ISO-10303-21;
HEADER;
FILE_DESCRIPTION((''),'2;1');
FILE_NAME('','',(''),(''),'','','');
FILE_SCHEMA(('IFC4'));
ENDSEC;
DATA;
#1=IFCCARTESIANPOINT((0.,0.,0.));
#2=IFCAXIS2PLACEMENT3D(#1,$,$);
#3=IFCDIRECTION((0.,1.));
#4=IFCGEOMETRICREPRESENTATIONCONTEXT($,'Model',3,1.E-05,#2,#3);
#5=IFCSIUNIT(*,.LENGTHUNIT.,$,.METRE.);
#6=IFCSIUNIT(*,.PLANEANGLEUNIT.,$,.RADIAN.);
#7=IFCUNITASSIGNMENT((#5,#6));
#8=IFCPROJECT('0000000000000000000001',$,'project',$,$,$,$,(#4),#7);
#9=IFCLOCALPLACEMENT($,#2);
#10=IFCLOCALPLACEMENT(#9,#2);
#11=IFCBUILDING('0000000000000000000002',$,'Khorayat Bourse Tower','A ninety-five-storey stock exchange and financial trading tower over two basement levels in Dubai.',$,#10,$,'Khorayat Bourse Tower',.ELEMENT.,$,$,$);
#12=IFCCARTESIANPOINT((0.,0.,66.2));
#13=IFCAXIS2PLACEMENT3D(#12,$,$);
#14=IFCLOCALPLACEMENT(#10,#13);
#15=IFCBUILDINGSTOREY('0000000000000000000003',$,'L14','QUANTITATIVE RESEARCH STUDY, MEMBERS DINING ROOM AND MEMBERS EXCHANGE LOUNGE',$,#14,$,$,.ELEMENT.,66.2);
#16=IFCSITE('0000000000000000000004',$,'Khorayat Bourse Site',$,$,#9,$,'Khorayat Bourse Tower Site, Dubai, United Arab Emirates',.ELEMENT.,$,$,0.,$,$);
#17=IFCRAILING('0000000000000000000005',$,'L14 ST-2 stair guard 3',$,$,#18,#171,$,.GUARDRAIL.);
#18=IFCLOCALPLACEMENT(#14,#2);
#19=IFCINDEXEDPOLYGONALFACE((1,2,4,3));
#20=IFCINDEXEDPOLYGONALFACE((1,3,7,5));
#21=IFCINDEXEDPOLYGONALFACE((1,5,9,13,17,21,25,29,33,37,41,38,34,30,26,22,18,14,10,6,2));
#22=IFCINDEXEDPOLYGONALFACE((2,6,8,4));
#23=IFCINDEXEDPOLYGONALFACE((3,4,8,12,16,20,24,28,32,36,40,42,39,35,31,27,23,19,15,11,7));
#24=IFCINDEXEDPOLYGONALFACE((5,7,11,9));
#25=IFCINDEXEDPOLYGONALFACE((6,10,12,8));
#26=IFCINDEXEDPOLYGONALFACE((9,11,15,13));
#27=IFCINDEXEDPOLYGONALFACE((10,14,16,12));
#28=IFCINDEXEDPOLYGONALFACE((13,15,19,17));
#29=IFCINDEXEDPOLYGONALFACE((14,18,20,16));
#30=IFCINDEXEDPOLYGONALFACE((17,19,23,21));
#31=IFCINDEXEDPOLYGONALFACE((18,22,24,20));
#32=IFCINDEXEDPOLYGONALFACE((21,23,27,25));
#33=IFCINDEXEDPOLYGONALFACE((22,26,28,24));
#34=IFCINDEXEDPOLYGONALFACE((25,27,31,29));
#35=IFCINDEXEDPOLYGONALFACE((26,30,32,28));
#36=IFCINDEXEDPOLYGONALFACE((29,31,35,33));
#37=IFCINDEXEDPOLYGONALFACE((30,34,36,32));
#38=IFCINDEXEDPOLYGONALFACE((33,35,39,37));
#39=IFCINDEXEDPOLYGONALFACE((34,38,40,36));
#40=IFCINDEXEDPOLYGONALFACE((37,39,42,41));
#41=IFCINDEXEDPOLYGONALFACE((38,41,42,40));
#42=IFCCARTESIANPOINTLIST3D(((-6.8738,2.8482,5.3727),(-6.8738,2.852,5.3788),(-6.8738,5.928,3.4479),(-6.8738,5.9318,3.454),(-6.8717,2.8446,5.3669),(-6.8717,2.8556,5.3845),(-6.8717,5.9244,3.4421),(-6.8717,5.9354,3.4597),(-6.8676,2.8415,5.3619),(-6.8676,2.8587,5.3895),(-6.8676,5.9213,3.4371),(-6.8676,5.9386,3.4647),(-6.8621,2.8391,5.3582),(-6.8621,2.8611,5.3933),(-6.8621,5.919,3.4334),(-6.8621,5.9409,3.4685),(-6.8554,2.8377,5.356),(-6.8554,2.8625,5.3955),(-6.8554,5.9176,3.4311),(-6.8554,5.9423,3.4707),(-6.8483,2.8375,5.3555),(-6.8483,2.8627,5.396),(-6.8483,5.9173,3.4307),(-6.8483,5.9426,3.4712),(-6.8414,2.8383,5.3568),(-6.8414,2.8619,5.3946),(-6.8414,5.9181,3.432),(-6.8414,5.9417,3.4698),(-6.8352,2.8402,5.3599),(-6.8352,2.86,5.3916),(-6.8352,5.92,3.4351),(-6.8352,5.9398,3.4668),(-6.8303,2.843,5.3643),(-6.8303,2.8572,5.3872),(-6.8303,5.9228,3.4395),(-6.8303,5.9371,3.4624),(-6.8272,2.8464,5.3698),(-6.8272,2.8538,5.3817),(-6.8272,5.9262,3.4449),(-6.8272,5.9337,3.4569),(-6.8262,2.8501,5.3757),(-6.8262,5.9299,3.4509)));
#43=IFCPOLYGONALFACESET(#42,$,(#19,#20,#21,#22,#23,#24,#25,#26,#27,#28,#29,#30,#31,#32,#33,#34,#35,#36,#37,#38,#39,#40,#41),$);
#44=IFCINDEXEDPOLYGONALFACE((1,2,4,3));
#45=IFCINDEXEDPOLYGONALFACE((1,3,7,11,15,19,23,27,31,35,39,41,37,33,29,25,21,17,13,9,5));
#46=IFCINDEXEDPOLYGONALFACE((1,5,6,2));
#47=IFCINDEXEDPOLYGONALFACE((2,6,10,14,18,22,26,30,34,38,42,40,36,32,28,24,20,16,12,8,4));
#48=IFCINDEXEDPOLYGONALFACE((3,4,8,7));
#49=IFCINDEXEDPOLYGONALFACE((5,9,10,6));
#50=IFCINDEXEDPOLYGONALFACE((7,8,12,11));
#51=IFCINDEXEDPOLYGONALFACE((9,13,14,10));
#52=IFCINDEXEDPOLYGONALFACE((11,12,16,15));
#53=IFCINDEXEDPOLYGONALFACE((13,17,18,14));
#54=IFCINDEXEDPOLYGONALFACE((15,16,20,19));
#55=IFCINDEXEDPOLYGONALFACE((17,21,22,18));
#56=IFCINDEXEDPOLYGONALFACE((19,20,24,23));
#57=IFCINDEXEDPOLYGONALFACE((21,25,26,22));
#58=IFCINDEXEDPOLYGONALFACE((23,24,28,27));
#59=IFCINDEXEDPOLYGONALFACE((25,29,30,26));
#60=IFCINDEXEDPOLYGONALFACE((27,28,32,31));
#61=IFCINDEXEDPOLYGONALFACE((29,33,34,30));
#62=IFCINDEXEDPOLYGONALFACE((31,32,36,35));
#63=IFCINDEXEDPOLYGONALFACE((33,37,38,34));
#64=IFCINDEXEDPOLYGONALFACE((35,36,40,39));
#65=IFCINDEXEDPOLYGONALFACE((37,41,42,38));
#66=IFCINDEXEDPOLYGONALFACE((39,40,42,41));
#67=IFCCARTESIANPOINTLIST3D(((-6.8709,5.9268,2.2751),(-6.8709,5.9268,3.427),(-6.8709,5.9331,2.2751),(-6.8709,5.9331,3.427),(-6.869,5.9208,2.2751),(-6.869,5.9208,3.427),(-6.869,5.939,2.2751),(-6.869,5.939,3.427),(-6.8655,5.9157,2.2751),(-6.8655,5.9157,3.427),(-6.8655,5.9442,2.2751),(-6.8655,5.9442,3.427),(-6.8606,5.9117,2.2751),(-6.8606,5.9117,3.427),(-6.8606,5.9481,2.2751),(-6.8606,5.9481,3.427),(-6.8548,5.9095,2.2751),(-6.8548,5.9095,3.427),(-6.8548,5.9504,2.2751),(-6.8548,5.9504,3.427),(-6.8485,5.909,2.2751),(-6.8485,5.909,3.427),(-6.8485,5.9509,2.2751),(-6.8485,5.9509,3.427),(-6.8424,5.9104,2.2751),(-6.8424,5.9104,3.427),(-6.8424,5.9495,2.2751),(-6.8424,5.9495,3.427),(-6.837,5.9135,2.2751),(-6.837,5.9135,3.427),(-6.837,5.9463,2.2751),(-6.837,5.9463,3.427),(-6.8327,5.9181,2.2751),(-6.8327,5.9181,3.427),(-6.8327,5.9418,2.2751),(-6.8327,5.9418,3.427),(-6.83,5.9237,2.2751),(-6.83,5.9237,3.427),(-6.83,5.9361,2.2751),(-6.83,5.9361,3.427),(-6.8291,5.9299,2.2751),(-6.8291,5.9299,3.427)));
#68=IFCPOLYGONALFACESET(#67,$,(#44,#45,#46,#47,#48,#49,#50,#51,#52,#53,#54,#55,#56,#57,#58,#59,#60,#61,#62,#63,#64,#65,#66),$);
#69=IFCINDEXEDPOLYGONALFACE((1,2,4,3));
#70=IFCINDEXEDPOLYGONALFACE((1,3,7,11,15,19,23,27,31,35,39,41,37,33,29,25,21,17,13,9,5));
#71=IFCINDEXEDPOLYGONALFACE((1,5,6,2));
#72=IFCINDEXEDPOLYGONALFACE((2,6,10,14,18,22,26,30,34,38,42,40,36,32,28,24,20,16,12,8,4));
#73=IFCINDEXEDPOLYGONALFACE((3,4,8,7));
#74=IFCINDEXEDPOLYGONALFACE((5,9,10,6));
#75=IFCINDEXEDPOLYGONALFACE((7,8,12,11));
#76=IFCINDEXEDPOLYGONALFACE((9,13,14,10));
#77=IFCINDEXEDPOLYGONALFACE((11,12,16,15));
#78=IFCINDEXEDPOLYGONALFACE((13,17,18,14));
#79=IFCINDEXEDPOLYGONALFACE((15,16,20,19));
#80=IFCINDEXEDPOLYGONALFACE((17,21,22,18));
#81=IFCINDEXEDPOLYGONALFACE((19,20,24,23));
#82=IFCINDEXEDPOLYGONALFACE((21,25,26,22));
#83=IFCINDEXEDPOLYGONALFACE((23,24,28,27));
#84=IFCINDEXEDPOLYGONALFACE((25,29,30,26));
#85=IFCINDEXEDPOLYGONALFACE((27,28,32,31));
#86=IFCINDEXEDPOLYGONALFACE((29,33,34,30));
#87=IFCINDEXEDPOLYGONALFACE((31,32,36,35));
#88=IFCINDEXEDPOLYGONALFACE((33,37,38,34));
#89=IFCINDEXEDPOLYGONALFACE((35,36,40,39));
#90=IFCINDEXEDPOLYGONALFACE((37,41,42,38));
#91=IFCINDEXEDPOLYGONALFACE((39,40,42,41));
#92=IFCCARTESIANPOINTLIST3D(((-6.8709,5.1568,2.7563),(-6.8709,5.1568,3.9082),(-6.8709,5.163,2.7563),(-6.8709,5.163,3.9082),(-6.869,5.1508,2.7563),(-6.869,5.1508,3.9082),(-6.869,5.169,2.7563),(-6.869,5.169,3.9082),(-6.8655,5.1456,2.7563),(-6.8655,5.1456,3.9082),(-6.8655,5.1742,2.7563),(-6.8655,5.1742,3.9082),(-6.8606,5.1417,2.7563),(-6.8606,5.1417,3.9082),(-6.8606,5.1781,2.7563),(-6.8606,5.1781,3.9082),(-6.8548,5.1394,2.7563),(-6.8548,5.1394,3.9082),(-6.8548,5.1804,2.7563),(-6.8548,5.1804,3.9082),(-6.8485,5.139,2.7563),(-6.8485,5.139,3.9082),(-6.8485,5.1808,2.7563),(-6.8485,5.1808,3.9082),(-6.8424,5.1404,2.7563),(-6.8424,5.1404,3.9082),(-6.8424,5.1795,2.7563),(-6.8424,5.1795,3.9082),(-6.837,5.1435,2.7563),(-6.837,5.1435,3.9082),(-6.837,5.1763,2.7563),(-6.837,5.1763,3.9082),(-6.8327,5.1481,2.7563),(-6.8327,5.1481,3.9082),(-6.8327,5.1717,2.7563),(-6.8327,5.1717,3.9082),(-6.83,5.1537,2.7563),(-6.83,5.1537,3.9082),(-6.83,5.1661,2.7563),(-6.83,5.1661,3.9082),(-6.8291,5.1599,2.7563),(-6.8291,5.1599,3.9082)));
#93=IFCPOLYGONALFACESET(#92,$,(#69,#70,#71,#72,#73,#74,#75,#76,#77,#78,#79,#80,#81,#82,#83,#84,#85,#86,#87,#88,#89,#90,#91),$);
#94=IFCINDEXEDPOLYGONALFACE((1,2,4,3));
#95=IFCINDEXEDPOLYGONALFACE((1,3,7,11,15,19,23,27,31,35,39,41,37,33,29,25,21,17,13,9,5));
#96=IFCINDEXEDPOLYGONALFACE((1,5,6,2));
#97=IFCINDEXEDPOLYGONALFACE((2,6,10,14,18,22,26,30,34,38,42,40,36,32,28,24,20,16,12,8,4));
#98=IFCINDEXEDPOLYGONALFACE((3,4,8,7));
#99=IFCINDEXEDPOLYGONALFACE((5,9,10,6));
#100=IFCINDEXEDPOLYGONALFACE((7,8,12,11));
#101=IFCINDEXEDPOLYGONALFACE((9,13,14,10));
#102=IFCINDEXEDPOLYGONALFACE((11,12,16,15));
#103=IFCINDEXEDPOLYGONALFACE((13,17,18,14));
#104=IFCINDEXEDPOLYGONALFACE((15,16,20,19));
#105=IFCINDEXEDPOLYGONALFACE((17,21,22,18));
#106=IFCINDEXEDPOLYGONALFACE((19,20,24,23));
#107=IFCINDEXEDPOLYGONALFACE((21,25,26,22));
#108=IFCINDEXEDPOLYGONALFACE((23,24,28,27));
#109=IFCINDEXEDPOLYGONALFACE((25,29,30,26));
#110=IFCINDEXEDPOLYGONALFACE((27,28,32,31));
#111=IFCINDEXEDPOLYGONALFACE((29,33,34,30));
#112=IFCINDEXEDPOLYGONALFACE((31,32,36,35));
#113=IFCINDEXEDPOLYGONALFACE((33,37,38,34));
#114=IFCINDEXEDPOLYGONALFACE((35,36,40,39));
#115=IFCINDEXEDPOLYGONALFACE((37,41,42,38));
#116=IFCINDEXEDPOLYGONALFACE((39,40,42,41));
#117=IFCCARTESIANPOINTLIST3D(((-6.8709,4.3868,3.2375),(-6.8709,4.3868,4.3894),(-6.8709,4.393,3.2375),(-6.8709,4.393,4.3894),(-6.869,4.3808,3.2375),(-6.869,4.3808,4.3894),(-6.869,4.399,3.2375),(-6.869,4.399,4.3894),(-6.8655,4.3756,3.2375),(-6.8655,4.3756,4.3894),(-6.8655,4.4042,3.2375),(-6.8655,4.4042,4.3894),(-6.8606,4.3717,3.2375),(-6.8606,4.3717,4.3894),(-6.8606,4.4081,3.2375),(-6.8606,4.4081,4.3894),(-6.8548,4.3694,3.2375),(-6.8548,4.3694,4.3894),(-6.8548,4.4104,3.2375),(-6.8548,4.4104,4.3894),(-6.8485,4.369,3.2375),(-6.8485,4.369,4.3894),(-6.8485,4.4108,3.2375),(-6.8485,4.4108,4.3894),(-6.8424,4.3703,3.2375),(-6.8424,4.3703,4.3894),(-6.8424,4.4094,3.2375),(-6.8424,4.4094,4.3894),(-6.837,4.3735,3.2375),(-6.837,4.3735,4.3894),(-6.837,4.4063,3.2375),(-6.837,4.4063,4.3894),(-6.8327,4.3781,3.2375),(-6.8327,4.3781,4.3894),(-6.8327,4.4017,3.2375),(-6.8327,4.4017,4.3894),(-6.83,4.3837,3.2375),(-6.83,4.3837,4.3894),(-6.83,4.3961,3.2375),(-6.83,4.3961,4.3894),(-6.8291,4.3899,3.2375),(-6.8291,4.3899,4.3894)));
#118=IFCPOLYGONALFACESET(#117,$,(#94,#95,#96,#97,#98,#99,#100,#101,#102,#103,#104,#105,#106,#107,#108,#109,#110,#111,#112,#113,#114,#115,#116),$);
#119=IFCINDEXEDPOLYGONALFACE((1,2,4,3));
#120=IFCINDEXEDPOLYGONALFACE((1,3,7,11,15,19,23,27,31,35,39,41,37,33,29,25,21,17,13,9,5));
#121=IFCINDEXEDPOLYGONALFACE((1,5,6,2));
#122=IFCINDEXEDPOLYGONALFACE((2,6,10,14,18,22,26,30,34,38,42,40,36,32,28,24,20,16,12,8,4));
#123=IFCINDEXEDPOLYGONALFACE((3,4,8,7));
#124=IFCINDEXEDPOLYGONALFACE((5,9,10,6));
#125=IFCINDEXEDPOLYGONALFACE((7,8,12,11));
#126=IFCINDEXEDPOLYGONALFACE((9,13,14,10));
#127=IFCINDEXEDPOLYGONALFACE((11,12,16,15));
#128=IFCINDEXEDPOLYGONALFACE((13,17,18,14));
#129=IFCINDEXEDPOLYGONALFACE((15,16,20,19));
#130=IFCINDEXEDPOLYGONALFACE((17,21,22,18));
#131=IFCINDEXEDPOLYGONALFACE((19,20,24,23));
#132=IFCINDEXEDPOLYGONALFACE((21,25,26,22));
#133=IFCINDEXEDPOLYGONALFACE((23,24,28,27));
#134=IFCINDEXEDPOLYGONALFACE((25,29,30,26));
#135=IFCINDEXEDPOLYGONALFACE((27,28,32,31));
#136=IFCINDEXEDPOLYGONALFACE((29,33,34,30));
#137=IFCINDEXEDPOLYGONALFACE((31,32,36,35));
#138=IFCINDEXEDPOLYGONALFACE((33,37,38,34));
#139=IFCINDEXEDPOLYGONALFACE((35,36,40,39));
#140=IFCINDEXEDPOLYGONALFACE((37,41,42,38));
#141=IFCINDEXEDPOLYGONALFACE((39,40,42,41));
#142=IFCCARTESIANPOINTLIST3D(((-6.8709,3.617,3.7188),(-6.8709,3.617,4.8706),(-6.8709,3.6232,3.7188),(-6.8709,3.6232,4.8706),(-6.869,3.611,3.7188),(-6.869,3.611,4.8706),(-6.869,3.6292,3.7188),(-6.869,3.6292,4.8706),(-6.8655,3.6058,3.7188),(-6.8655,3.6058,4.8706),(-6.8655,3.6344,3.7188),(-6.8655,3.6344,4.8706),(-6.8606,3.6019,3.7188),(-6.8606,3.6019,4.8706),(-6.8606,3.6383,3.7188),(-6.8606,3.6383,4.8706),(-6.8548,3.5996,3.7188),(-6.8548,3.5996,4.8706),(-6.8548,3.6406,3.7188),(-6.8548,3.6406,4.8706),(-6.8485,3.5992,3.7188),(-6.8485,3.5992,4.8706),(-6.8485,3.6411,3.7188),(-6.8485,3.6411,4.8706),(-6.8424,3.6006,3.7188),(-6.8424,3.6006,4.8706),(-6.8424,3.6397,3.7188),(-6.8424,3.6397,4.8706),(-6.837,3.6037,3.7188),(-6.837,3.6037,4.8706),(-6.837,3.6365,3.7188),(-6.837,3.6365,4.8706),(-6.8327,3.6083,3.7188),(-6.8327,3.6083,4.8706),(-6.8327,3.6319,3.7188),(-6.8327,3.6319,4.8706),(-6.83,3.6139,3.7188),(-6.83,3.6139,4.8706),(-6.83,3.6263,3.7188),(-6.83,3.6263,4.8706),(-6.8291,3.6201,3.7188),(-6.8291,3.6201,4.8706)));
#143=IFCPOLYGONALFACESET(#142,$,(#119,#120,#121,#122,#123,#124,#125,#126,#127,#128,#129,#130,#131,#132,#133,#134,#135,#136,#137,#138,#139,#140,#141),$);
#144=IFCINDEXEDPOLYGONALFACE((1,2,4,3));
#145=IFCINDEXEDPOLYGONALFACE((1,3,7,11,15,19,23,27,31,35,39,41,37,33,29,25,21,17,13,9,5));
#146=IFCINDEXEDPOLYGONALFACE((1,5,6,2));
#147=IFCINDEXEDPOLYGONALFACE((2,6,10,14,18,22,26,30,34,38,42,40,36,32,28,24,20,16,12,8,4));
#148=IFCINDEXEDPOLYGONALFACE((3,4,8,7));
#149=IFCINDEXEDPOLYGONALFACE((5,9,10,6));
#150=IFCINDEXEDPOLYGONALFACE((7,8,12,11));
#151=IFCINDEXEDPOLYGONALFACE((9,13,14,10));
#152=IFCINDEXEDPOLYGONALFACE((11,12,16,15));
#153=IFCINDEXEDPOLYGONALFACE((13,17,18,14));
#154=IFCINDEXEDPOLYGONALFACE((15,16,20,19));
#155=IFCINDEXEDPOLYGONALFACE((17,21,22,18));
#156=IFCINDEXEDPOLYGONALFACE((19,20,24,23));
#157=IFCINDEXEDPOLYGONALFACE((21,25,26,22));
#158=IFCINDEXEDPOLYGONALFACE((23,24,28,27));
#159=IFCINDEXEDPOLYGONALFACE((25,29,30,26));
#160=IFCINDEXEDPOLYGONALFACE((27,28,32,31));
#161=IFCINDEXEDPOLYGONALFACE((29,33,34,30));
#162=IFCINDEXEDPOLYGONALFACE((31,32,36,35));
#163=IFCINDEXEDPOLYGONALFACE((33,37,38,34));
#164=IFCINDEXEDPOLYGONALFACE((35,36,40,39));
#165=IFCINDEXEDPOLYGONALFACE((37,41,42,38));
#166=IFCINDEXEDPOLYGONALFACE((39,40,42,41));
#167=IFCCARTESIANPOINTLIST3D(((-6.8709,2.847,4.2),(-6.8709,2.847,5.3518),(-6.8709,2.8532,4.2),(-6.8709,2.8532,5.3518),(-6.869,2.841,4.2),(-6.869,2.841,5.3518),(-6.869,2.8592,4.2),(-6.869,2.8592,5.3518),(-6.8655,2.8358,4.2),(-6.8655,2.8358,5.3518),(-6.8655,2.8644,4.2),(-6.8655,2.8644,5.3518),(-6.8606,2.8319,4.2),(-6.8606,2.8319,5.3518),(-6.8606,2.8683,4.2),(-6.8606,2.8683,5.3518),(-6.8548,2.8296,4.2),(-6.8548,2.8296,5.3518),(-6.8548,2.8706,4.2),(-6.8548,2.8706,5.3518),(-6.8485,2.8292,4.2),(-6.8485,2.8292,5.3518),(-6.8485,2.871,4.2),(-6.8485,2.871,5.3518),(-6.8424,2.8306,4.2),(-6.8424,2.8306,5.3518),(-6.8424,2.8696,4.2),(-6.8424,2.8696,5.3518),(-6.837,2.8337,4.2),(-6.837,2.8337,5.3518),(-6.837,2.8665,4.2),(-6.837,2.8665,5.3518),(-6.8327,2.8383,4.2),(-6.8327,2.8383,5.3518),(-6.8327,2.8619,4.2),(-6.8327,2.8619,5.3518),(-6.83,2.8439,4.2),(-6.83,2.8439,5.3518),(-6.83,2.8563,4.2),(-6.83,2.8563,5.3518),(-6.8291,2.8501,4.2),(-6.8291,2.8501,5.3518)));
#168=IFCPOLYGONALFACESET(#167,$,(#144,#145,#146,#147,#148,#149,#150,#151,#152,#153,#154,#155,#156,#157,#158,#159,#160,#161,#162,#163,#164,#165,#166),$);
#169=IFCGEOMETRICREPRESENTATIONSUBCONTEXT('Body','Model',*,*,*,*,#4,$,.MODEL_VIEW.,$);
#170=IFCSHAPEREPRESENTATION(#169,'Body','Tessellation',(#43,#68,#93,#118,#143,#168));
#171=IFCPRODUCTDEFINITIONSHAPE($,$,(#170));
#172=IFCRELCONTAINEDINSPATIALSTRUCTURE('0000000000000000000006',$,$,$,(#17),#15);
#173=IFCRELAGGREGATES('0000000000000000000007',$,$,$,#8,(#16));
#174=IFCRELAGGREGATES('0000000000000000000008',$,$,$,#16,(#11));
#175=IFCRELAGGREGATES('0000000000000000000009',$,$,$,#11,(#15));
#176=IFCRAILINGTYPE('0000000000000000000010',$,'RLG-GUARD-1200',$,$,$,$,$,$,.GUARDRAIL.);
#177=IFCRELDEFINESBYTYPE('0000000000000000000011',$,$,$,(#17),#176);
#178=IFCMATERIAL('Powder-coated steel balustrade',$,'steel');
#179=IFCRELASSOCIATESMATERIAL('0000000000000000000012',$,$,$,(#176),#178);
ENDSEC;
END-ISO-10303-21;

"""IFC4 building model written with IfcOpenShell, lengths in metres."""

from ifc_helpers import new_model, si_unit, direction, frame, origin, origin_2d, place, context, subcontext, project, spatial, circle, extrude, source, transform, mapped, material, type_object, element, save


model = new_model("IFC4")

# Units and contexts
model_context = context("Model", 3, precision=1e-05, world=origin(), true_north=direction((0.0, 1.0)))
body_context = subcontext(model_context, "Body", "Model", "MODEL_VIEW")
ifc_project = project(units=[si_unit("LENGTHUNIT", "METRE"), si_unit("PLANEANGLEUNIT", "RADIAN")], contexts=[model_context])

# Site, building, storey
site_placement = place(None, origin())
site = spatial("IfcSite", under=ifc_project, at=site_placement, Name="Khorayat Bourse Site", LongName="Khorayat Bourse Tower Site, Dubai, United Arab Emirates", CompositionType="ELEMENT", RefElevation=0.0)
building_placement = place(site_placement, origin())
building = spatial("IfcBuilding", under=site, at=building_placement, Name="Khorayat Bourse Tower", Description="A ninety-five-storey stock exchange and financial trading tower over two basement levels in Dubai.", LongName="Khorayat Bourse Tower", CompositionType="ELEMENT")
storey_placement = place(building_placement, frame((0.0, 0.0, 66.2)))
storey = spatial("IfcBuildingStorey", under=building, at=storey_placement, Name="L14", Description="QUANTITATIVE RESEARCH STUDY, MEMBERS DINING ROOM AND MEMBERS EXCHANGE LOUNGE", CompositionType="ELEMENT", Elevation=66.2)

# Railing
ifc_material_1 = material(Name="Powder-coated steel balustrade", Category="steel")
railing_type_1 = type_object("IfcRailingType", Name="RLG-GUARD-1200", PredefinedType="GUARDRAIL", material=ifc_material_1)
shared_shape_1 = source(origin(), body_context, "Body", "SweptSolid", [
    extrude(circle(Radius=0.0239, at=origin_2d()), frame((0.0, 0.0, 1.1758), z_axis=(0.0, -0.84801, 0.529981), x_axis=(1.0, 0.0, 0.0)), (0.0, 0.0, 1.0), 3.6318),
    extrude(circle(Radius=0.021, at=origin_2d()), origin(), (0.0, 0.0, 1.0), 1.1519),
    extrude(circle(Radius=0.021, at=origin_2d()), frame((0.0, -0.77, 0.4812)), (0.0, 0.0, 1.0), 1.1519),
    extrude(circle(Radius=0.021, at=origin_2d()), frame((0.0, -1.54, 0.9624)), (0.0, 0.0, 1.0), 1.1519),
    extrude(circle(Radius=0.021, at=origin_2d()), frame((0.0, -2.3098, 1.4436)), (0.0, 0.0, 1.0), 1.1519),
    extrude(circle(Radius=0.021, at=origin_2d()), frame((0.0, -3.0798, 1.9248)), (0.0, 0.0, 1.0), 1.1519),
])
railing_1_placement = place(storey_placement, frame((-6.8501, 5.9299, 2.2751)))
element("IfcRailing", 1, at=railing_1_placement, inside=storey, type_object=railing_type_1, Name="L14 ST-2 stair guard 3", PredefinedType="GUARDRAIL", context=body_context, shape_type="MappedRepresentation", body=[
    mapped(shared_shape_1, transform((0.0, 0.0, 0.0), scale=1.0)),
])

save(model, "model.ifc")
